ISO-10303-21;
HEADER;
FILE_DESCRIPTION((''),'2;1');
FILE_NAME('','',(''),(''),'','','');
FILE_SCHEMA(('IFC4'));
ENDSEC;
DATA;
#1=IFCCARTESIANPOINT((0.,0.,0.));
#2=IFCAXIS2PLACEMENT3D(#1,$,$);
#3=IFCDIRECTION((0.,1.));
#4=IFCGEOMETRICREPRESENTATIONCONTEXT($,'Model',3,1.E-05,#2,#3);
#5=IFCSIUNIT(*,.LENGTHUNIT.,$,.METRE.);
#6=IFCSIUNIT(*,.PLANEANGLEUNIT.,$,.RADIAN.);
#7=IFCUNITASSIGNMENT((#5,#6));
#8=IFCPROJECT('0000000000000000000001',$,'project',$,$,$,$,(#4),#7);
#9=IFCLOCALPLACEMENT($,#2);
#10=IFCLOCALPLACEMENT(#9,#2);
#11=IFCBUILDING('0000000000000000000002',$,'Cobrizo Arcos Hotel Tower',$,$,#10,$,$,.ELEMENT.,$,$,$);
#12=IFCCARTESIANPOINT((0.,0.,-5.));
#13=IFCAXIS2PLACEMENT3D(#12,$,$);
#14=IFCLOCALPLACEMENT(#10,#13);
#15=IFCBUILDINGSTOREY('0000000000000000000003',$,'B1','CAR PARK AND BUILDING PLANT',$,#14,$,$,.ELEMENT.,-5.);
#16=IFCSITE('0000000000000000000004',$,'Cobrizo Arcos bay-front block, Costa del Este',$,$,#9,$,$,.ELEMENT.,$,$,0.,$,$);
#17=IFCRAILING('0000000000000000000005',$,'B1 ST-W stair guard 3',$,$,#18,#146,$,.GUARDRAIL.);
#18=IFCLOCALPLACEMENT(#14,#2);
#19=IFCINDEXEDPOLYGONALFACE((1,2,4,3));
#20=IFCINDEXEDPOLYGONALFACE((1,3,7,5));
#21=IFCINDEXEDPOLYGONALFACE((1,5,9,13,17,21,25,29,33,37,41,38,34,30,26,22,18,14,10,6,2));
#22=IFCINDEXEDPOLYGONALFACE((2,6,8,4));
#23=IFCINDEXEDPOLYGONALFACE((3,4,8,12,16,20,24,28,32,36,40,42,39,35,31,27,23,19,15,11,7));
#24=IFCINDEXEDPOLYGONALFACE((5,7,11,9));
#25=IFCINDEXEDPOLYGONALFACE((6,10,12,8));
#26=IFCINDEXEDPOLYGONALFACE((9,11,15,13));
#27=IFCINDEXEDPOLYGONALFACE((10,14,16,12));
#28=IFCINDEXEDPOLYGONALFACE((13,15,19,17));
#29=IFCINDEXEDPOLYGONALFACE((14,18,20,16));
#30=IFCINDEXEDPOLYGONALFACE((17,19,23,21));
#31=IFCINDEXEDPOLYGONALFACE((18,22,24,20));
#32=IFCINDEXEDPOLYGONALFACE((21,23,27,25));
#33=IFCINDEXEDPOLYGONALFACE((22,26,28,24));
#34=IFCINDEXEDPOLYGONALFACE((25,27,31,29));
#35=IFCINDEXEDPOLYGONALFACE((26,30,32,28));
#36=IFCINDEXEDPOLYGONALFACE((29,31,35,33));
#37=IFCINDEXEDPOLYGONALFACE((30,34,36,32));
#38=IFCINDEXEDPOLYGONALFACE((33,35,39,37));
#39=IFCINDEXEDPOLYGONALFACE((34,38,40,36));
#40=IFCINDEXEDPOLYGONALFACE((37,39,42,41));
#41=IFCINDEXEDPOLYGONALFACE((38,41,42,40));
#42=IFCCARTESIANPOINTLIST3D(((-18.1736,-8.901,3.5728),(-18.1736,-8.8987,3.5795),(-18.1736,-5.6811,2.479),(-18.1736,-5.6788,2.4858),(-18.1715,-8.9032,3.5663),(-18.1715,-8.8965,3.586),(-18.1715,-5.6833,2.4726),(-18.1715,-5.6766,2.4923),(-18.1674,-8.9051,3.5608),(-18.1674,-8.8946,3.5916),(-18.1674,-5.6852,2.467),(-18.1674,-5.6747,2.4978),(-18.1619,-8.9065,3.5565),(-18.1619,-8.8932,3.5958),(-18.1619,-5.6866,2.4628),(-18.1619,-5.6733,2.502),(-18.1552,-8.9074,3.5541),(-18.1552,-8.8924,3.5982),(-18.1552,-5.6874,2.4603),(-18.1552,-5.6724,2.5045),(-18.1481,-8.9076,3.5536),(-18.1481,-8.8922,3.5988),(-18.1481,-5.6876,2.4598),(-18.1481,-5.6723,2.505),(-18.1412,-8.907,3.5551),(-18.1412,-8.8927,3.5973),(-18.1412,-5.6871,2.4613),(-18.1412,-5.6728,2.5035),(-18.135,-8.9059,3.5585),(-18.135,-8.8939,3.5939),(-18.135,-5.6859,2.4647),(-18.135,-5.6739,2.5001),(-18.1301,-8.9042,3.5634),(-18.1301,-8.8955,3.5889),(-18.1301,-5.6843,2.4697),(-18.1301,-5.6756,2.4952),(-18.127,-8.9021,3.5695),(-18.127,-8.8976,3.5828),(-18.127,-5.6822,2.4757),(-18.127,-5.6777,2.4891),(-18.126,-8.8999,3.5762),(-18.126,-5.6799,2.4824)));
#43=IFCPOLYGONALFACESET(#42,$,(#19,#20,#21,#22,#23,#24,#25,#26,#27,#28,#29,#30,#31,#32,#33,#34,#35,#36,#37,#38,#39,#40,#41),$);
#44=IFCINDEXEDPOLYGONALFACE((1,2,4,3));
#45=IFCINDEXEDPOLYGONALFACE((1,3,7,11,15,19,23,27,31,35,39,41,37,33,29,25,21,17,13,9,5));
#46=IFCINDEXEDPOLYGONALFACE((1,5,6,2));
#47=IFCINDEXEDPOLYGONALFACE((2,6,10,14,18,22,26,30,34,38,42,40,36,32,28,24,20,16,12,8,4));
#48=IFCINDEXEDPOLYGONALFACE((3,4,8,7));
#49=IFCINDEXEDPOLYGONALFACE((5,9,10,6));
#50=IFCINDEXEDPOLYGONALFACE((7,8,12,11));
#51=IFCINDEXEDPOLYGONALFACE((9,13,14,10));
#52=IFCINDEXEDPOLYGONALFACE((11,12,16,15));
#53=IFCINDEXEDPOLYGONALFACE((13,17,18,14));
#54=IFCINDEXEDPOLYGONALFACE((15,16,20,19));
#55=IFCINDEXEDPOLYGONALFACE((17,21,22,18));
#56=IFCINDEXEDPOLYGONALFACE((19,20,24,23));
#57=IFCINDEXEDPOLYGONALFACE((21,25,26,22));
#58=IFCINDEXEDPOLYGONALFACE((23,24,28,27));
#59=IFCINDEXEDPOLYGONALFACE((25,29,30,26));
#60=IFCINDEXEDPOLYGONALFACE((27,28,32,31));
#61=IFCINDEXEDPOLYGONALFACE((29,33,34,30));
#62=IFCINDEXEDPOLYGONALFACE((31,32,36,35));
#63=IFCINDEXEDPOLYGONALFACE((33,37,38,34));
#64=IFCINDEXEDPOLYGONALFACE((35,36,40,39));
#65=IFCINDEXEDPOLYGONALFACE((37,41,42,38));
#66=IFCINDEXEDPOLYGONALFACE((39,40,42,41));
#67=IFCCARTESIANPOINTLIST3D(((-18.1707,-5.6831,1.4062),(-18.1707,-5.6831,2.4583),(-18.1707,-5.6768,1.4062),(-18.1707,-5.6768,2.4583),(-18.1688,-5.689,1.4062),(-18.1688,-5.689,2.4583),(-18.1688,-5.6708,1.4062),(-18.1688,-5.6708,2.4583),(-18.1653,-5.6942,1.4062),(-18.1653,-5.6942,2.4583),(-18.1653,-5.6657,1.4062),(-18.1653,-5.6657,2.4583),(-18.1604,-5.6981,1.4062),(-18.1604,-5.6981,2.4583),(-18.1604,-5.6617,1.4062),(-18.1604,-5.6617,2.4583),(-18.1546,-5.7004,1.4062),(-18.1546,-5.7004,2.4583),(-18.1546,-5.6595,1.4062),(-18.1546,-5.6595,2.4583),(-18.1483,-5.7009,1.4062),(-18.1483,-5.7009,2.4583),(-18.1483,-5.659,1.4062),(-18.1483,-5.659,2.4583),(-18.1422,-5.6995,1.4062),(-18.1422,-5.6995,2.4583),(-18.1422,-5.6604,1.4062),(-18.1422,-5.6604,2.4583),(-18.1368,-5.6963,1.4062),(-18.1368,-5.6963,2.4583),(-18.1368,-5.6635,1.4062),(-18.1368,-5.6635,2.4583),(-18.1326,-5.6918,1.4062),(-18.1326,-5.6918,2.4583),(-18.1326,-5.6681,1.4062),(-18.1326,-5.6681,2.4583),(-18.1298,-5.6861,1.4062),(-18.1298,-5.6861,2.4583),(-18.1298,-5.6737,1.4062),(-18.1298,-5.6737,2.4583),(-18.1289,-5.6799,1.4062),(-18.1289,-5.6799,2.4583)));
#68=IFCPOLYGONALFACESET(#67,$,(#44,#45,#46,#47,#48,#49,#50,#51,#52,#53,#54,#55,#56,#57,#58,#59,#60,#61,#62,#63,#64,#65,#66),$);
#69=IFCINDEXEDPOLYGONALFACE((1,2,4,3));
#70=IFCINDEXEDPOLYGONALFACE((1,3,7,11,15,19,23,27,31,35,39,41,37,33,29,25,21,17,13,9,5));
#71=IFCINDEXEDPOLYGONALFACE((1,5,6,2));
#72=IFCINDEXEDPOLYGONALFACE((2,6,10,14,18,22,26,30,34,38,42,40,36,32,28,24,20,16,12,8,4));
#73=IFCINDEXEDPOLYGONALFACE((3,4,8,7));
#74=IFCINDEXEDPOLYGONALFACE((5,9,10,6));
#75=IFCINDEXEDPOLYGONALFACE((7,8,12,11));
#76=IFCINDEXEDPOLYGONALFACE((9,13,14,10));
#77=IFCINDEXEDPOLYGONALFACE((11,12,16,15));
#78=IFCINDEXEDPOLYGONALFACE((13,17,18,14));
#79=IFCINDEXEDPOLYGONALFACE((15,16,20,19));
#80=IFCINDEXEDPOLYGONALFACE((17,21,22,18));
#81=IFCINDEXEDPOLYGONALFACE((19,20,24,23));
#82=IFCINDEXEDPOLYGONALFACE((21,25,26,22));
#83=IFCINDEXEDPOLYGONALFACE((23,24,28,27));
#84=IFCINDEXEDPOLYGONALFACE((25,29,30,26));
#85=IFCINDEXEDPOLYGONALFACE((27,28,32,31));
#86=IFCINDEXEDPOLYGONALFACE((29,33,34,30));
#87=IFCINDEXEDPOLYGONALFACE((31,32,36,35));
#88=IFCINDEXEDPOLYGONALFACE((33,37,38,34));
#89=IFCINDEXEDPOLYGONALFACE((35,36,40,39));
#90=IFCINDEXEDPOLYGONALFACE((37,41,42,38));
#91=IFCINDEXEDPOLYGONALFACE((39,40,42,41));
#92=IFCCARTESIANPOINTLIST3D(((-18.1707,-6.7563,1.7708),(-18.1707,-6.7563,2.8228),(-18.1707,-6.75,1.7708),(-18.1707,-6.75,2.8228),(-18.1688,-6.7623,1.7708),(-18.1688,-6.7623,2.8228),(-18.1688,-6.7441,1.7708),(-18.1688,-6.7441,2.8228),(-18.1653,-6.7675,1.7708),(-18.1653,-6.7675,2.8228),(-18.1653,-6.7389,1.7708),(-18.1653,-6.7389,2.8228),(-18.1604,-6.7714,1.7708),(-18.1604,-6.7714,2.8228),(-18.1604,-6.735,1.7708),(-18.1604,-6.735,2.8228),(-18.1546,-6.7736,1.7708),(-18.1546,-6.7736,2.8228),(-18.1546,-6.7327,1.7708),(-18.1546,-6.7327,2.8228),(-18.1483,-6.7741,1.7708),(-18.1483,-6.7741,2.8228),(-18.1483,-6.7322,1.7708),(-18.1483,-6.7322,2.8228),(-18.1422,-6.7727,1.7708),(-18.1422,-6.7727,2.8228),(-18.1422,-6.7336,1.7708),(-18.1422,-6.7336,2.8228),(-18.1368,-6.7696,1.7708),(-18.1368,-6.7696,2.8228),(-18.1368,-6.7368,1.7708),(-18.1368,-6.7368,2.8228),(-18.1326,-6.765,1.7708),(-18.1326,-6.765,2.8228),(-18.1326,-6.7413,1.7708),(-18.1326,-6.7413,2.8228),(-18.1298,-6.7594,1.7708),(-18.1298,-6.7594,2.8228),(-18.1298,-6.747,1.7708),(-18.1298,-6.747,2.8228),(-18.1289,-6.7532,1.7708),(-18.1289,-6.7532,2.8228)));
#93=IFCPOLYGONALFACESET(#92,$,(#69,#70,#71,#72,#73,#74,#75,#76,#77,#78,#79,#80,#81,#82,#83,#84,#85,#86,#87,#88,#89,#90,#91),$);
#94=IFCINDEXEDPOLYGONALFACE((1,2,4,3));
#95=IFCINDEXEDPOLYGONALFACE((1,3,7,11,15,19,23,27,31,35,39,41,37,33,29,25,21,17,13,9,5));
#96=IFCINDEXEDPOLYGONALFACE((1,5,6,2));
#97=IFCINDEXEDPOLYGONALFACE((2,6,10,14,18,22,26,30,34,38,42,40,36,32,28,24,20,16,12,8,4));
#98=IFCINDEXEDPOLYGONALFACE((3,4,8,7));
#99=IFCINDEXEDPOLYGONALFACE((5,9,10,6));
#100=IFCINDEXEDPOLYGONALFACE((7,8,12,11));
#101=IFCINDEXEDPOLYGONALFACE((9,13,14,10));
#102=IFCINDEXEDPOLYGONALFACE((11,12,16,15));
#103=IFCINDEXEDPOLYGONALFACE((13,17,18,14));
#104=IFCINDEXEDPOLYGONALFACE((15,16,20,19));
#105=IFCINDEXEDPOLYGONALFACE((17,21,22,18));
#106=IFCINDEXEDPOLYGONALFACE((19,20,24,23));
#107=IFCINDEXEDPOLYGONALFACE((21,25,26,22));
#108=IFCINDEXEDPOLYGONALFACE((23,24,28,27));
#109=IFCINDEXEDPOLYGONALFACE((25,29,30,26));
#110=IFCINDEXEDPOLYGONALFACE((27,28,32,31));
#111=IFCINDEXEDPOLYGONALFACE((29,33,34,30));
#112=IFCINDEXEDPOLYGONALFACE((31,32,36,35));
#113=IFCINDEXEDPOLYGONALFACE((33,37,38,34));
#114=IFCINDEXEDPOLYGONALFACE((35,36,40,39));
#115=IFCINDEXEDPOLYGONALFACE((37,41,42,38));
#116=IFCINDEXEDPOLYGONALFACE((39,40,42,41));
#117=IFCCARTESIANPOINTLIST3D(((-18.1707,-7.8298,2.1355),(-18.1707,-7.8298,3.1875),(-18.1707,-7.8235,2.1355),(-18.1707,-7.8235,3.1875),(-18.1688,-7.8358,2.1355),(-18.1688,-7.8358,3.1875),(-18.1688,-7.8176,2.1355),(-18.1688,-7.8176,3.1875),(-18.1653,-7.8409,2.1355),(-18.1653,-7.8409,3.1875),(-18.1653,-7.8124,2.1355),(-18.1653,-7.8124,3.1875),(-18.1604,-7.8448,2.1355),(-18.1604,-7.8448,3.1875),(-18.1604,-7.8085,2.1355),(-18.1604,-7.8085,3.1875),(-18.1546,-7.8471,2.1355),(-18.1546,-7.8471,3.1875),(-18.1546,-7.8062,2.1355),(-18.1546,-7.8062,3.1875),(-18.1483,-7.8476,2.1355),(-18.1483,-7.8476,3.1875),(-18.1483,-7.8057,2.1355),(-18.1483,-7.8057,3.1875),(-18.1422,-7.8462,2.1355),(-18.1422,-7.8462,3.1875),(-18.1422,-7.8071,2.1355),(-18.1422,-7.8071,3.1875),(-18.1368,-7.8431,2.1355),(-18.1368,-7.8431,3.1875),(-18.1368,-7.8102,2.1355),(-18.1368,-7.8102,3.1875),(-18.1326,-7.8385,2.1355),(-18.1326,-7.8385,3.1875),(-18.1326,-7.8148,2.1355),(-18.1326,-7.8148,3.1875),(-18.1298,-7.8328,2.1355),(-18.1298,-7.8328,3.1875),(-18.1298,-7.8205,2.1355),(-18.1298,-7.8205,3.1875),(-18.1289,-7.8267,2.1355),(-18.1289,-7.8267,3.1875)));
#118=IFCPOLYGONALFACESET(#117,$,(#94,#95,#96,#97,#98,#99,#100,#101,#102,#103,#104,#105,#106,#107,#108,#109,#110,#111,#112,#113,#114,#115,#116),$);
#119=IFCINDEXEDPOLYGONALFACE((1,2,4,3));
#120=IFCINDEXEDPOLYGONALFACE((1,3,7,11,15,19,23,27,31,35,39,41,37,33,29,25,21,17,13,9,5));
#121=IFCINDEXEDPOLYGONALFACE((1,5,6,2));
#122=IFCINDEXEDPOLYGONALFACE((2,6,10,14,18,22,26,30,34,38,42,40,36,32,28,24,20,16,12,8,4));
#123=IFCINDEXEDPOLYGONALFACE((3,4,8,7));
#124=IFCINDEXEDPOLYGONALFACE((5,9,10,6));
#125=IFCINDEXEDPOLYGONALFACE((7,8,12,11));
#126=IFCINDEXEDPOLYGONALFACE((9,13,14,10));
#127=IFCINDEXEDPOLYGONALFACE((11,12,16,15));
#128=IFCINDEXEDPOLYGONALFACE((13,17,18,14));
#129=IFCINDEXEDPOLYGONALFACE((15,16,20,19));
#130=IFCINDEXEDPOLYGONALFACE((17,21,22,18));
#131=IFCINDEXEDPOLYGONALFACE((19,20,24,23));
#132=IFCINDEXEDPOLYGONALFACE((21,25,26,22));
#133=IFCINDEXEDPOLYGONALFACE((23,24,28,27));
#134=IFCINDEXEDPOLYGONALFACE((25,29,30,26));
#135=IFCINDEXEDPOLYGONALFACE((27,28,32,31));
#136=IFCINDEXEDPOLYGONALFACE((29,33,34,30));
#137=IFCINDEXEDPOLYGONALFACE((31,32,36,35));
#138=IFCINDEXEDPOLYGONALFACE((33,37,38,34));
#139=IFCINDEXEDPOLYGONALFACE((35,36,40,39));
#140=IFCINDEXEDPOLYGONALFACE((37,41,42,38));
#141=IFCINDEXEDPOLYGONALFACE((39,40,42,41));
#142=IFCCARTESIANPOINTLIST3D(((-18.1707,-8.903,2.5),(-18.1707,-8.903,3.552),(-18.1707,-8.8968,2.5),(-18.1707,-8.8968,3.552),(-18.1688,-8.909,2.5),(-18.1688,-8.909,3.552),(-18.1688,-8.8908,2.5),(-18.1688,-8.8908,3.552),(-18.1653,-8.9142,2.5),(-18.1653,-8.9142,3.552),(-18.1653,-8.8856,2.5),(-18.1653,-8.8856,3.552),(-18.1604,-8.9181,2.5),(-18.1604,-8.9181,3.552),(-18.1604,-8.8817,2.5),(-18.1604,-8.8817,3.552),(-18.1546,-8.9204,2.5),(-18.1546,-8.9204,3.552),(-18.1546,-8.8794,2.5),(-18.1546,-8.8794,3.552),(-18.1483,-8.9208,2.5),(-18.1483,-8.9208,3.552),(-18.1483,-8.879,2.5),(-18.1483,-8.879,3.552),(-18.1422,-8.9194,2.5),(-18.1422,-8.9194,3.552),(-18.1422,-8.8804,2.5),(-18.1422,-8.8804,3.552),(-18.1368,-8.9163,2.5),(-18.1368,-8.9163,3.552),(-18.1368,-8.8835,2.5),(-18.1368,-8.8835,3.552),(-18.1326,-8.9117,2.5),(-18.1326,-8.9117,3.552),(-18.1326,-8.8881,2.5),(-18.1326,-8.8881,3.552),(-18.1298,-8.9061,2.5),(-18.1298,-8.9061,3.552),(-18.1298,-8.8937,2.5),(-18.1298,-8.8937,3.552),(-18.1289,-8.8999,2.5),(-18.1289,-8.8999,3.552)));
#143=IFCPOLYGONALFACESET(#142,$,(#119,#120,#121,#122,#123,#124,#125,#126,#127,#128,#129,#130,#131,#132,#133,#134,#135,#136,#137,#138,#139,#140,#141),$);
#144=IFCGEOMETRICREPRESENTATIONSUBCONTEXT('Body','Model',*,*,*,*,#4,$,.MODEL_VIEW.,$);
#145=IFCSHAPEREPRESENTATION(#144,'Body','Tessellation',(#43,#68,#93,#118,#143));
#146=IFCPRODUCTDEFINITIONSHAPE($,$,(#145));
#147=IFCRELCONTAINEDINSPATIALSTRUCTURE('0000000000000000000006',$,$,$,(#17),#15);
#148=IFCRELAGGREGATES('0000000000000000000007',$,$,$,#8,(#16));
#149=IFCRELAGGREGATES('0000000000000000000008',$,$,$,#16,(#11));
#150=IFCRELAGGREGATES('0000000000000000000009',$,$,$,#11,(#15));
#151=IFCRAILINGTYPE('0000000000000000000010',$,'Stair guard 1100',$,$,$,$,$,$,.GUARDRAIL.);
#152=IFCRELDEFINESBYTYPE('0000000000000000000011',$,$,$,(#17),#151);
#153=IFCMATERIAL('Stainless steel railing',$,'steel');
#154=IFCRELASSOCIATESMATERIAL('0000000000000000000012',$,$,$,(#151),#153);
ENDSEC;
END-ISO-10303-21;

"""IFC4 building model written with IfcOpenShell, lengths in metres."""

from ifc_helpers import new_model, si_unit, direction, frame, origin, origin_2d, place, context, subcontext, project, spatial, circle, extrude, material, type_object, element, save


model = new_model("IFC4")

# Units and contexts
model_context = context("Model", 3, precision=1e-05, world=origin(), true_north=direction((0.0, 1.0)))
body_context = subcontext(model_context, "Body", "Model", "MODEL_VIEW")
ifc_project = project(units=[si_unit("LENGTHUNIT", "METRE"), si_unit("PLANEANGLEUNIT", "RADIAN")], contexts=[model_context])

# Site, building, storey
site_placement = place(None, origin())
site = spatial("IfcSite", under=ifc_project, at=site_placement, Name="Cobrizo Arcos bay-front block, Costa del Este", CompositionType="ELEMENT", RefElevation=0.0)
building_placement = place(site_placement, origin())
building = spatial("IfcBuilding", under=site, at=building_placement, Name="Cobrizo Arcos Hotel Tower", CompositionType="ELEMENT")
storey_placement = place(building_placement, frame((0.0, 0.0, -5.0)))
storey = spatial("IfcBuildingStorey", under=building, at=storey_placement, Name="B1", Description="CAR PARK AND BUILDING PLANT", CompositionType="ELEMENT", Elevation=-5.0)

# Railing
ifc_material_1 = material(Name="Stainless steel railing", Category="steel")
railing_type_1 = type_object("IfcRailingType", Name="Stair guard 1100", PredefinedType="GUARDRAIL", material=ifc_material_1)
railing_1_placement = place(storey_placement, frame((-18.1499, -5.6799, 1.4062)))
element("IfcRailing", 1, at=railing_1_placement, inside=storey, type_object=railing_type_1, Name="B1 ST-W stair guard 3", PredefinedType="GUARDRAIL", context=body_context, shape_type="SweptSolid", body=[
    extrude(circle(Radius=0.0239, at=origin_2d()), frame((0.0, 0.0, 1.0762), z_axis=(0.0, -0.946866, 0.321629), x_axis=(1.0, 0.0, 0.0)), (0.0, 0.0, 1.0), 3.4006),
    extrude(circle(Radius=0.021, at=origin_2d()), origin(), (0.0, 0.0, 1.0), 1.052),
    extrude(circle(Radius=0.021, at=origin_2d()), frame((0.0, -1.0732, 0.3645)), (0.0, 0.0, 1.0), 1.052),
    extrude(circle(Radius=0.021, at=origin_2d()), frame((0.0, -2.1467, 0.7292)), (0.0, 0.0, 1.0), 1.052),
    extrude(circle(Radius=0.021, at=origin_2d()), frame((0.0, -3.22, 1.0938)), (0.0, 0.0, 1.0), 1.052),
])

save(model, "model.ifc")
